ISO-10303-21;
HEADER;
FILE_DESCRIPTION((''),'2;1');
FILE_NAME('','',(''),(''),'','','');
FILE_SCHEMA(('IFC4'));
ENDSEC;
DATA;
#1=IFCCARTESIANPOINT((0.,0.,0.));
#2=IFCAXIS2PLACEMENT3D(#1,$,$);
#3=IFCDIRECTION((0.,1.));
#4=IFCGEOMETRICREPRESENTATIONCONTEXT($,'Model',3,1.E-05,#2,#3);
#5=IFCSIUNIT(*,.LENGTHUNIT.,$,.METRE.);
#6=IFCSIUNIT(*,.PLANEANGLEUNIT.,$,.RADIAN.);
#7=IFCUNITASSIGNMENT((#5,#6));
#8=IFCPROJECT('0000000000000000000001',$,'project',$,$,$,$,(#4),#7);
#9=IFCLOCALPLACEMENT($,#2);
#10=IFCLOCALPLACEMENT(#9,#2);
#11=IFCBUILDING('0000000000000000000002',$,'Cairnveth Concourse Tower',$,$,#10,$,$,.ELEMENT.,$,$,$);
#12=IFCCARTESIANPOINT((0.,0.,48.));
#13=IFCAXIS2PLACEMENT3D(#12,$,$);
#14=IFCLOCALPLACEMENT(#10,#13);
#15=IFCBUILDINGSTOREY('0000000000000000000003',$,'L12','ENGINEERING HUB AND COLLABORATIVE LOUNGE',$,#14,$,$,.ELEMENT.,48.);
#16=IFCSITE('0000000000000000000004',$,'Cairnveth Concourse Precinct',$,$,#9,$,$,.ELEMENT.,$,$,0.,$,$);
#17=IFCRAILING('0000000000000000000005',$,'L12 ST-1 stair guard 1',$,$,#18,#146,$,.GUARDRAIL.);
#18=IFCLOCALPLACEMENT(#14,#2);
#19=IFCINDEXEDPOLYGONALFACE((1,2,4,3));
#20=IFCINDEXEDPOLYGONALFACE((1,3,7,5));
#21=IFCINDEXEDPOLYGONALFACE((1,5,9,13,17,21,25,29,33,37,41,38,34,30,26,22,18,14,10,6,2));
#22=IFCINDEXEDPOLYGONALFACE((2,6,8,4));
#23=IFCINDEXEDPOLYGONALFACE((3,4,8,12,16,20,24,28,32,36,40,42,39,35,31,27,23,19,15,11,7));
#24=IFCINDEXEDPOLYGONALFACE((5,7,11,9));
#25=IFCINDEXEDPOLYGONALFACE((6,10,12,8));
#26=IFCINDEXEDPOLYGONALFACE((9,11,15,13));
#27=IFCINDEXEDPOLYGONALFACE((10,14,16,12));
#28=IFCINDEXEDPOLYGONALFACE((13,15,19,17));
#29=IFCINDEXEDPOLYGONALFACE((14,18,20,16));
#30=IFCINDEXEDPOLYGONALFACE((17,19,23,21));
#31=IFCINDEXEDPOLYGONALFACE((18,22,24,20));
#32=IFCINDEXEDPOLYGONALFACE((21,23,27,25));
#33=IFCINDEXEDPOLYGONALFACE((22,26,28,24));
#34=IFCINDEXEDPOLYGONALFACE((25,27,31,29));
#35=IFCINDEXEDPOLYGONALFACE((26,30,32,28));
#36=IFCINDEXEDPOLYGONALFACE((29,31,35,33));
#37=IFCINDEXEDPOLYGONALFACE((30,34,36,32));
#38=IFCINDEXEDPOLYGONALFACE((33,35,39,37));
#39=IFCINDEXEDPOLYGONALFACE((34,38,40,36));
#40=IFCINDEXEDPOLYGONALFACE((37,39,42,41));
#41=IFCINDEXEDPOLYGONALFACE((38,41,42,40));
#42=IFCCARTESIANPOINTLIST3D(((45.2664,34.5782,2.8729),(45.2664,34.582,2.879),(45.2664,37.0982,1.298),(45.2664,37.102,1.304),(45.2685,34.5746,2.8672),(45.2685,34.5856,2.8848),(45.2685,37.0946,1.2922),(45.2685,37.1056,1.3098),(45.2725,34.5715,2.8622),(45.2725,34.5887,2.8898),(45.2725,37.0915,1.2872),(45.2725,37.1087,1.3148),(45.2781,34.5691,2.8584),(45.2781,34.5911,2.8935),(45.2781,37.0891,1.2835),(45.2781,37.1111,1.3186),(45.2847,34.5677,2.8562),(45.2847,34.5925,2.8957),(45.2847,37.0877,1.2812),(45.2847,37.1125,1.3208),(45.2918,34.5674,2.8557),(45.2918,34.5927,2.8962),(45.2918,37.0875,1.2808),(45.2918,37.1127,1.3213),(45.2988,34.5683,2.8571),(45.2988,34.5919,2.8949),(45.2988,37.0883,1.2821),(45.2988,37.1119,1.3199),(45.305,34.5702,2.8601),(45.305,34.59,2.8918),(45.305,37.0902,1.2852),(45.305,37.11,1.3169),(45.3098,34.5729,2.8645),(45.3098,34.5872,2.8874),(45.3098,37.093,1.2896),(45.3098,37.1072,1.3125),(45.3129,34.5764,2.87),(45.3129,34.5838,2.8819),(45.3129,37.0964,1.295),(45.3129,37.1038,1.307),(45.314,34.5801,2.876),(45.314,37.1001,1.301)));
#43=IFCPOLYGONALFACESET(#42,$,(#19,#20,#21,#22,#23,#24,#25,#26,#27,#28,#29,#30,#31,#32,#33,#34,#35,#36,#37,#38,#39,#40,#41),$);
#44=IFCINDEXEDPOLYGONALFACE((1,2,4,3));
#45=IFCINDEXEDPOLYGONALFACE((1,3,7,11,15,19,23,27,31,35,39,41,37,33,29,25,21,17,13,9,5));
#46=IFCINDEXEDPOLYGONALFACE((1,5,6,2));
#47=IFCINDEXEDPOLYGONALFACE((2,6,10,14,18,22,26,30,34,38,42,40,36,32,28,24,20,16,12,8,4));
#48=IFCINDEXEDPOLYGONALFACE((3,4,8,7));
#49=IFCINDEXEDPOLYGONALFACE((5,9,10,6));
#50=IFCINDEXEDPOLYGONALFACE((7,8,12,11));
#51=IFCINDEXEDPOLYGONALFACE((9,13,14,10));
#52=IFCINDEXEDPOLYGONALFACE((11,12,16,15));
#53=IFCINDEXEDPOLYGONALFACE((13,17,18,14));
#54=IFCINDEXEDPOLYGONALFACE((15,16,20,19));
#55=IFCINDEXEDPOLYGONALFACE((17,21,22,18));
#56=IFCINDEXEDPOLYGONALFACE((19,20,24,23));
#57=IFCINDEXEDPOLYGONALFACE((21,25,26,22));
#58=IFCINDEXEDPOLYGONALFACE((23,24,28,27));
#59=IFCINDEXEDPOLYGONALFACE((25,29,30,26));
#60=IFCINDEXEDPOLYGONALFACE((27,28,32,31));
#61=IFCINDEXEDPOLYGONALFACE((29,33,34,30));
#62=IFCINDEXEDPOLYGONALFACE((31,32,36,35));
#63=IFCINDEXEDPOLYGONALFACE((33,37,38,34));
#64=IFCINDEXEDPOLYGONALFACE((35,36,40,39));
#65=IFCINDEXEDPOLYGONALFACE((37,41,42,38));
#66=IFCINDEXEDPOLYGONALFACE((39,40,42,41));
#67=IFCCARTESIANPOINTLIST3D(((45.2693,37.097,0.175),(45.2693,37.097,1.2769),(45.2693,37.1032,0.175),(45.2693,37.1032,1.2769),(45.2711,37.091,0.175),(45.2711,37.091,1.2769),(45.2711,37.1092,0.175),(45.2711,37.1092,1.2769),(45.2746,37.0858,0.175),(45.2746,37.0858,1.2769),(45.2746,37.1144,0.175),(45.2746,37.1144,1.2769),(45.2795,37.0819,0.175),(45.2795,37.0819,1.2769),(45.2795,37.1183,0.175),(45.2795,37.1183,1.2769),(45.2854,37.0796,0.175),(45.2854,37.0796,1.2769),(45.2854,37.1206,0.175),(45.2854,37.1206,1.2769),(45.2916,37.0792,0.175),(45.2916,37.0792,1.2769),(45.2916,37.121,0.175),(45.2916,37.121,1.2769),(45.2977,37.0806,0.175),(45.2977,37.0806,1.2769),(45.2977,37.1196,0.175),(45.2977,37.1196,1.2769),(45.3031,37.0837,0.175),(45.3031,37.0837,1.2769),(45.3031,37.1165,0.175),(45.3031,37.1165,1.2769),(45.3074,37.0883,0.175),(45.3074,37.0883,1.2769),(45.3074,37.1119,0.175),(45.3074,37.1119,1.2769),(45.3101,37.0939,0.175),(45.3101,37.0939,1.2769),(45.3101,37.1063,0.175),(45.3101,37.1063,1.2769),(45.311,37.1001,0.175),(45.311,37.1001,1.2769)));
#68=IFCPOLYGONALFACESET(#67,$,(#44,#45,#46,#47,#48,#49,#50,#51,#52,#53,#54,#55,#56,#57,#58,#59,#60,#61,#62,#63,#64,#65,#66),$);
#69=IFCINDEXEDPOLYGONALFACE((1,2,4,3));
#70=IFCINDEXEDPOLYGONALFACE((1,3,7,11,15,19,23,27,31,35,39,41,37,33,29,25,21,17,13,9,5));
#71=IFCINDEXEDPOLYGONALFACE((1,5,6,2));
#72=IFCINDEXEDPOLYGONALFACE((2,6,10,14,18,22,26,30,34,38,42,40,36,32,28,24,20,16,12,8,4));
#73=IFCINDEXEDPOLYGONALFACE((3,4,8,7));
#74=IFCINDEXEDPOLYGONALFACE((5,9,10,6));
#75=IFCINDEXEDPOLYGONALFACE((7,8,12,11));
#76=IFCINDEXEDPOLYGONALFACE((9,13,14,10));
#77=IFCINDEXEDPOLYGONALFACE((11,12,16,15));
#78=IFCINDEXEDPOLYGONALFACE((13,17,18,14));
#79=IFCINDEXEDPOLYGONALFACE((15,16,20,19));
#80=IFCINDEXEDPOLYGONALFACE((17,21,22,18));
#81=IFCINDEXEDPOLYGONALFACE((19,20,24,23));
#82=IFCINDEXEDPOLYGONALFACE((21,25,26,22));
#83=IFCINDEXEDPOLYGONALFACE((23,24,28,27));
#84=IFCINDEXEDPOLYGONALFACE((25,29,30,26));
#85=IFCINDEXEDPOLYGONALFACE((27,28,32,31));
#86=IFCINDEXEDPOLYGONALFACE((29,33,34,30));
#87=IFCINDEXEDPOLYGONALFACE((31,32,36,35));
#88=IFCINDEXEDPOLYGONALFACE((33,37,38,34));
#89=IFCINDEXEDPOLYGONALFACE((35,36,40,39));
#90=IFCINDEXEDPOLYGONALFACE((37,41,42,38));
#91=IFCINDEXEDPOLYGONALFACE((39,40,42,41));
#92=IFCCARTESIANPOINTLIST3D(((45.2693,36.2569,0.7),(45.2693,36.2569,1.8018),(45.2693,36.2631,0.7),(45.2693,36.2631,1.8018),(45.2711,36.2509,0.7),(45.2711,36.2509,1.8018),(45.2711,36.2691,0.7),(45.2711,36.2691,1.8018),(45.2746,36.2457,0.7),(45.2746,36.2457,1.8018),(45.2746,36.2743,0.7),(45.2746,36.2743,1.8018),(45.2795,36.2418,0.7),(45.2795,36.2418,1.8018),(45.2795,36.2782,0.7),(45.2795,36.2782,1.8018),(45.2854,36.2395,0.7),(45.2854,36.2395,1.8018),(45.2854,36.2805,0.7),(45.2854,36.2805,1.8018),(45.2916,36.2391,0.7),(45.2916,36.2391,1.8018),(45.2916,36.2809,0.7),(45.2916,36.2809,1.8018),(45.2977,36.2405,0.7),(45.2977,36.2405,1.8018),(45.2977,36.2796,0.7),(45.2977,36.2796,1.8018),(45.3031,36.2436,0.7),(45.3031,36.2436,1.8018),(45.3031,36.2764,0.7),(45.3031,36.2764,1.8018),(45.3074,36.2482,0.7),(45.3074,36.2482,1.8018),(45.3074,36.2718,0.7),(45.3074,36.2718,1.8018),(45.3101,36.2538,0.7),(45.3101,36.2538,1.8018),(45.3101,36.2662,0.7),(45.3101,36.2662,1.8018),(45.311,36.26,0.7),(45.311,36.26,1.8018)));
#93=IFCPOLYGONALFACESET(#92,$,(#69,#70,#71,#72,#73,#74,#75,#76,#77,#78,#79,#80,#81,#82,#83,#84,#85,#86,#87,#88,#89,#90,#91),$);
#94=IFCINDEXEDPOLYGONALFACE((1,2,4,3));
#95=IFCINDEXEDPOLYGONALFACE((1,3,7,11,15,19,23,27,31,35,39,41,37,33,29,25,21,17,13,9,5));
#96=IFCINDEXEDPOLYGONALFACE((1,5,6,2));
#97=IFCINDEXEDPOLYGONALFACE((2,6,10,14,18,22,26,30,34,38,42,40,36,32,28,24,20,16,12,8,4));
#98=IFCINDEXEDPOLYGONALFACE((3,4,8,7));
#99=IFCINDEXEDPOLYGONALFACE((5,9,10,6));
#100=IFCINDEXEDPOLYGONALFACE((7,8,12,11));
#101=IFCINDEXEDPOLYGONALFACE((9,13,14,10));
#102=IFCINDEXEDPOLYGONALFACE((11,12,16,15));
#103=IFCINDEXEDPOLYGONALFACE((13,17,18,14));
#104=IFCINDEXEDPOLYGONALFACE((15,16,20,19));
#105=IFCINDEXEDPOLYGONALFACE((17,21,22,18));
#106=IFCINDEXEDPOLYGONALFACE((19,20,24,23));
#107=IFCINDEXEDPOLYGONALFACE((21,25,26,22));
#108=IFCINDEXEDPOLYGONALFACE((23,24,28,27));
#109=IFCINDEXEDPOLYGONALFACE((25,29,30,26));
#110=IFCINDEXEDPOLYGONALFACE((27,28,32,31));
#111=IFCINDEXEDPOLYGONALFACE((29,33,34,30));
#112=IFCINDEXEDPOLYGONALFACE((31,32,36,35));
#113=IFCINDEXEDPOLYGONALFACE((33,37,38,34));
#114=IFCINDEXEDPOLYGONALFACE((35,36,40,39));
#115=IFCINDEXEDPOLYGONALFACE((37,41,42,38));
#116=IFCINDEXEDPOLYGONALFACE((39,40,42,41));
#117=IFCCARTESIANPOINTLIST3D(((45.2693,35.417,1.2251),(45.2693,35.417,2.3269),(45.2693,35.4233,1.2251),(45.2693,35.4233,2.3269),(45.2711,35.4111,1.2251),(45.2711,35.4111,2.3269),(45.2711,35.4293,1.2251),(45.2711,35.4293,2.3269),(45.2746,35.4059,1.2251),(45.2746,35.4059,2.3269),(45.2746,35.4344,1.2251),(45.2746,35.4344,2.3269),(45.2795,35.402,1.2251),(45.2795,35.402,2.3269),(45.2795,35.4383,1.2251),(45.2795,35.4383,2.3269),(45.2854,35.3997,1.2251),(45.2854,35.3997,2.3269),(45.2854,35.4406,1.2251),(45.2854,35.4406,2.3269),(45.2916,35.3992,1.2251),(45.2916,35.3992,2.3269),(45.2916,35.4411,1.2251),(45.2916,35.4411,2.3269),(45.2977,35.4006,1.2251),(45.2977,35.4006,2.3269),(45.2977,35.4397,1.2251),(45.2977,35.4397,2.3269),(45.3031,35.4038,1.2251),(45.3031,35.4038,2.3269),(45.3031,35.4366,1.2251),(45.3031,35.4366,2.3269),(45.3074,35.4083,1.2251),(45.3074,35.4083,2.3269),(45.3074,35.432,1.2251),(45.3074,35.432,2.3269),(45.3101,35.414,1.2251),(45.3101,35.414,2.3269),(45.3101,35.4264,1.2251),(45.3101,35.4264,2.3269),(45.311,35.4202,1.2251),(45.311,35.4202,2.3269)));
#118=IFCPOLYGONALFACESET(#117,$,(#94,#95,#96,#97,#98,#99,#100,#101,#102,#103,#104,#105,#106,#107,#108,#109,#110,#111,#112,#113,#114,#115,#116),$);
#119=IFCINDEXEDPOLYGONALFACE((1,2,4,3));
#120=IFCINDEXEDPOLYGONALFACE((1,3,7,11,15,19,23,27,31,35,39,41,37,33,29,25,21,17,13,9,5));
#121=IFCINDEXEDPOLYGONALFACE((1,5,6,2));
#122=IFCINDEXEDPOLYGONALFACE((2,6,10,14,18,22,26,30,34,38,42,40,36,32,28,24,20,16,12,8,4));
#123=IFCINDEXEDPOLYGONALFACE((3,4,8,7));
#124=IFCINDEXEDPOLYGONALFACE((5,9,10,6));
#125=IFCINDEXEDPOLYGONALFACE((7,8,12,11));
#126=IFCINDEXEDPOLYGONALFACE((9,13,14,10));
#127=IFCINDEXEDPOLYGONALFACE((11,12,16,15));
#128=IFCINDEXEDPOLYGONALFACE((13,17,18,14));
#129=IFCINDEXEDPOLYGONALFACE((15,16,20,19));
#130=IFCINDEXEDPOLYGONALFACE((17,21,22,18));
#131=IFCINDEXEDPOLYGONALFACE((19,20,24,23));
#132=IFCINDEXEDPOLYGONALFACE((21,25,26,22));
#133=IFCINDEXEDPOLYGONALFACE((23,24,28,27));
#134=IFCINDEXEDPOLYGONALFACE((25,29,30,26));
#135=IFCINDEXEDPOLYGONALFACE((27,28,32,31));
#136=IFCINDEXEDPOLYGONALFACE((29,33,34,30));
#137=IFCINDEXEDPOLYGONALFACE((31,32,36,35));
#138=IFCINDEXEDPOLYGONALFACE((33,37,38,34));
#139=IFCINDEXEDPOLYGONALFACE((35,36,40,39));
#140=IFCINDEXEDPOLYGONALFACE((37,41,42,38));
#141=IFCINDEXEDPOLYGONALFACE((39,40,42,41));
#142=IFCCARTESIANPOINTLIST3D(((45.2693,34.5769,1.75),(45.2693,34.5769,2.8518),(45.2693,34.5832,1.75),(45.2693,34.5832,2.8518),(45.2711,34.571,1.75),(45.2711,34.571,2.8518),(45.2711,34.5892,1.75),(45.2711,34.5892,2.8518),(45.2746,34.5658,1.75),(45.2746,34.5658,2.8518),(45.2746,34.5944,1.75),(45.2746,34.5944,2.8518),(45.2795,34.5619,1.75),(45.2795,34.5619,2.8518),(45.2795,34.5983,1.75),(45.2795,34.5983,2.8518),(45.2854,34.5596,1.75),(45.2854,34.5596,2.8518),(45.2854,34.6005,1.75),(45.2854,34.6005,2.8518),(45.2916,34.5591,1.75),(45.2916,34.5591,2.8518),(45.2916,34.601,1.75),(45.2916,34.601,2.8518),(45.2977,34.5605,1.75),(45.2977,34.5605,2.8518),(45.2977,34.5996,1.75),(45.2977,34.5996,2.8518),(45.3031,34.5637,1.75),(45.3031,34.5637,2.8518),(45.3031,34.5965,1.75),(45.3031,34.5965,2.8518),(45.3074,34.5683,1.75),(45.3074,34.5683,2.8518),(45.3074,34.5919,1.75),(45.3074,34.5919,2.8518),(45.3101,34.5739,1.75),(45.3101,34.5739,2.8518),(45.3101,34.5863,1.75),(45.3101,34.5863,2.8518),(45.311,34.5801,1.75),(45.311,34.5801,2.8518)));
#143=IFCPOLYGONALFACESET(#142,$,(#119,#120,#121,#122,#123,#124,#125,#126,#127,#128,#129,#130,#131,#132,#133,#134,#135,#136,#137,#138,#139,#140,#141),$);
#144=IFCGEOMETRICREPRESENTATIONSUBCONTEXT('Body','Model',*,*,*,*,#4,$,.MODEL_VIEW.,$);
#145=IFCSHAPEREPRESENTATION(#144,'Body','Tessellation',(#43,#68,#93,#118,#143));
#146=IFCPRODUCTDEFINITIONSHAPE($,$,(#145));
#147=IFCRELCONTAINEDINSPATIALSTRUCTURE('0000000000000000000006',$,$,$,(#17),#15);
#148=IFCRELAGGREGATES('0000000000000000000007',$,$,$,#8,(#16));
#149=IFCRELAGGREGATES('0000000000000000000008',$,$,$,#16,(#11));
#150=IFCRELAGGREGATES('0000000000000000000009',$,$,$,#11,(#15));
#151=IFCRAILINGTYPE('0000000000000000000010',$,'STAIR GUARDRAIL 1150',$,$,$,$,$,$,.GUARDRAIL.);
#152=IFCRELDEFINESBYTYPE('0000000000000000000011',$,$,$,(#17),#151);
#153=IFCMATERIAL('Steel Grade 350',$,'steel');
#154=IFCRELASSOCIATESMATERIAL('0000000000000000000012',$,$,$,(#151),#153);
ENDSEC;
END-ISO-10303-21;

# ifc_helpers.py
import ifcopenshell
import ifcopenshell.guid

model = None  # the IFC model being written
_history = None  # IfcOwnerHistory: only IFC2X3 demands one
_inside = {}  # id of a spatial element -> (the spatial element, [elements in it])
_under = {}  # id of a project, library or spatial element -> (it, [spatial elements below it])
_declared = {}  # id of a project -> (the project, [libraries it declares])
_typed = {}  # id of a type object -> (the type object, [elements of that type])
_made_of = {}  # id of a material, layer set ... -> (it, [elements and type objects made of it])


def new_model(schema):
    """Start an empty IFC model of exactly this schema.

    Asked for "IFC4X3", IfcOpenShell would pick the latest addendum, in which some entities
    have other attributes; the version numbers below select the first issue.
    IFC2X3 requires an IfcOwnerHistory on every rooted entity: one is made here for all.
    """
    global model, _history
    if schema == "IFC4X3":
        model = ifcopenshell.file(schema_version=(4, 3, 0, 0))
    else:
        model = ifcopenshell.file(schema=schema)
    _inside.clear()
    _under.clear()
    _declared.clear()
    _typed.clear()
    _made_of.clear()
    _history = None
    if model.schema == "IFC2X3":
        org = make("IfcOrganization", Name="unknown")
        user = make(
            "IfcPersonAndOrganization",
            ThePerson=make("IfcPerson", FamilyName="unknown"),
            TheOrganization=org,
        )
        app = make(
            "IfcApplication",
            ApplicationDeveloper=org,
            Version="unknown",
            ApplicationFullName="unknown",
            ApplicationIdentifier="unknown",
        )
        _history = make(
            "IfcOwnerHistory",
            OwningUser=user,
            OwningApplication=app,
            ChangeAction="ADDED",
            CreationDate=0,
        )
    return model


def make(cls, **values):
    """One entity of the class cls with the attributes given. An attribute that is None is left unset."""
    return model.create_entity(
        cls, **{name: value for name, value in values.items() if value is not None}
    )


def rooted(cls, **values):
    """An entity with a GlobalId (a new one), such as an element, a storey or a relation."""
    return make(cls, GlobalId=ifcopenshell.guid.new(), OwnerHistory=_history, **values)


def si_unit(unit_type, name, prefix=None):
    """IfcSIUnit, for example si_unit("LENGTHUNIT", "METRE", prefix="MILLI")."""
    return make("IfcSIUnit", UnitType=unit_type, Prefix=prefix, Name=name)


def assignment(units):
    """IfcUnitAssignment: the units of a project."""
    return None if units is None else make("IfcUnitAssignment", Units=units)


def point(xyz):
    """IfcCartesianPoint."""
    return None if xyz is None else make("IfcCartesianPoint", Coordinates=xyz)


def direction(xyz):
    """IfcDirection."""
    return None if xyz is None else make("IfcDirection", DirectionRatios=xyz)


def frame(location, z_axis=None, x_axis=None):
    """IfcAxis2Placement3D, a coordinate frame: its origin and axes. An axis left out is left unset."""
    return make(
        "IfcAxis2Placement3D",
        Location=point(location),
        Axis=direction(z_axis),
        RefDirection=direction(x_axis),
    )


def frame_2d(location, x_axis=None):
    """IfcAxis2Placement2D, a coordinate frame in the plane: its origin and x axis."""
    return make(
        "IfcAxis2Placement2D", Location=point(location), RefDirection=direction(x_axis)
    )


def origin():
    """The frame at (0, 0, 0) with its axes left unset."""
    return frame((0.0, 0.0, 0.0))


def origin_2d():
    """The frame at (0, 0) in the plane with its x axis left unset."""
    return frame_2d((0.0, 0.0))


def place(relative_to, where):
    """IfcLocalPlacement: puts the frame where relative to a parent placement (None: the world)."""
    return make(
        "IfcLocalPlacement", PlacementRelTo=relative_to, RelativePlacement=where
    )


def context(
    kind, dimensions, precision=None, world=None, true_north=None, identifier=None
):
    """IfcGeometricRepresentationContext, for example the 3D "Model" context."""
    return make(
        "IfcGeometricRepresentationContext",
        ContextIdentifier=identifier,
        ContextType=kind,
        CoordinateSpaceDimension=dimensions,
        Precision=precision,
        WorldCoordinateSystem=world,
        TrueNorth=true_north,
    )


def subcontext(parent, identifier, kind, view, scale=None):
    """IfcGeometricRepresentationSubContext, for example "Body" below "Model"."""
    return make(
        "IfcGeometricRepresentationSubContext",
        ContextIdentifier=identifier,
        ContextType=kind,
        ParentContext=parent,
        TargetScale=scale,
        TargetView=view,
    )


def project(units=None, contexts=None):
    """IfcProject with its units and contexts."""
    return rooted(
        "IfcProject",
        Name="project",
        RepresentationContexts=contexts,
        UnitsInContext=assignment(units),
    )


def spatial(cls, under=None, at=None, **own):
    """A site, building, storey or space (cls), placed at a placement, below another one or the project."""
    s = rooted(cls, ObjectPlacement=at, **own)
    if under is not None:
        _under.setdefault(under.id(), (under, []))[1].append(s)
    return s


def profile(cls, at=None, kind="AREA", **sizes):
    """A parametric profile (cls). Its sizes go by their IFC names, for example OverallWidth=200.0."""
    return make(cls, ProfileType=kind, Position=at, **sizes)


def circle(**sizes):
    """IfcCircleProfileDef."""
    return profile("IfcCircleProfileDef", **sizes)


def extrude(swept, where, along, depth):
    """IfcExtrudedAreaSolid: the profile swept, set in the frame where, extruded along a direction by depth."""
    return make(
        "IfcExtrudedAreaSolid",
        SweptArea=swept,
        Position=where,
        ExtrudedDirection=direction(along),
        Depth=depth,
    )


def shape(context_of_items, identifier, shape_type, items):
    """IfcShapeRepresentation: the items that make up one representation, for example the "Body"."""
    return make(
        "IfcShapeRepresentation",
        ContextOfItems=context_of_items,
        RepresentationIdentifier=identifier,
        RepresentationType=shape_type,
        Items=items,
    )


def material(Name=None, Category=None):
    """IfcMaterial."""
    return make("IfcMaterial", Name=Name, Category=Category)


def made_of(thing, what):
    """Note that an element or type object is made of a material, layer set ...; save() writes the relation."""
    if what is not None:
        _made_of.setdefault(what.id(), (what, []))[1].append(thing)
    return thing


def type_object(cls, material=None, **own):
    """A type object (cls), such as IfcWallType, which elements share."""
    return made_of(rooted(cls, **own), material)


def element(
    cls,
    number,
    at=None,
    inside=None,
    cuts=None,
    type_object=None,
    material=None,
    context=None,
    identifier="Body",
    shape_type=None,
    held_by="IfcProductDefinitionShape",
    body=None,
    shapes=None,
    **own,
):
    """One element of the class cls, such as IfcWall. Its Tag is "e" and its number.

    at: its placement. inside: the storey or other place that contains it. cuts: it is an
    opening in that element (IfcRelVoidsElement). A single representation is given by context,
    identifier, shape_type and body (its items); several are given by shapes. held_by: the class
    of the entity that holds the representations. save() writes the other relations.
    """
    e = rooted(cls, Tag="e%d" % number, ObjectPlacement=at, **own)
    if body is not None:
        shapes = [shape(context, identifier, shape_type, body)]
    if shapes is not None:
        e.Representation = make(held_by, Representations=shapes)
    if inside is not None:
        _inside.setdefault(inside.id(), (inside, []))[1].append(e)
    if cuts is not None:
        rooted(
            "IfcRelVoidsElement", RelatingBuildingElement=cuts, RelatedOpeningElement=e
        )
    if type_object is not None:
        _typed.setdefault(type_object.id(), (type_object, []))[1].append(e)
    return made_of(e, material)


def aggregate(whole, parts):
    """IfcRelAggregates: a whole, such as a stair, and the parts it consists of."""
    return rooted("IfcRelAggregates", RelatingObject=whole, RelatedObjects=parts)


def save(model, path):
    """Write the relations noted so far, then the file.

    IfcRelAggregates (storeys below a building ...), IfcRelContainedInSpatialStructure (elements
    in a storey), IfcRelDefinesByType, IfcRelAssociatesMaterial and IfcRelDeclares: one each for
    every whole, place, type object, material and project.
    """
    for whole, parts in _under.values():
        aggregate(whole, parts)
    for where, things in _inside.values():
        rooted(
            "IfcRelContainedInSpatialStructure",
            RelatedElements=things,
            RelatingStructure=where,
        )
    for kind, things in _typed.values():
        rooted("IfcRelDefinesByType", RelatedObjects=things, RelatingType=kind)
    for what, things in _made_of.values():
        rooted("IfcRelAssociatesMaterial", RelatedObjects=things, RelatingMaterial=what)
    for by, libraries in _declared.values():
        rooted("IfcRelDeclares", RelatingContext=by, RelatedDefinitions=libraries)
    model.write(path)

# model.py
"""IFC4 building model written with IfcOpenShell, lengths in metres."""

from ifc_helpers import new_model, si_unit, direction, frame, origin, origin_2d, place, context, subcontext, project, spatial, circle, extrude, material, type_object, element, save


model = new_model("IFC4")

# Units and contexts
model_context = context("Model", 3, precision=1e-05, world=origin(), true_north=direction((0.0, 1.0)))
body_context = subcontext(model_context, "Body", "Model", "MODEL_VIEW")
ifc_project = project(units=[si_unit("LENGTHUNIT", "METRE"), si_unit("PLANEANGLEUNIT", "RADIAN")], contexts=[model_context])

# Site, building, storey
site_placement = place(None, origin())
site = spatial("IfcSite", under=ifc_project, at=site_placement, Name="Cairnveth Concourse Precinct", CompositionType="ELEMENT", RefElevation=0.0)
building_placement = place(site_placement, origin())
building = spatial("IfcBuilding", under=site, at=building_placement, Name="Cairnveth Concourse Tower", CompositionType="ELEMENT")
storey_placement = place(building_placement, frame((0.0, 0.0, 48.0)))
storey = spatial("IfcBuildingStorey", under=building, at=storey_placement, Name="L12", Description="ENGINEERING HUB AND COLLABORATIVE LOUNGE", CompositionType="ELEMENT", Elevation=48.0)

# Shared definitions
ifc_material_1 = material(Name="Steel Grade 350", Category="steel")

# Railing
railing_type = type_object("IfcRailingType", Name="STAIR GUARDRAIL 1150", PredefinedType="GUARDRAIL", material=ifc_material_1)
railing_1_placement = place(storey_placement, frame((45.29, 37.1001, 0.175)))
element("IfcRailing", 1, at=railing_1_placement, inside=storey, type_object=railing_type, Name="L12 ST-1 stair guard 1", PredefinedType="GUARDRAIL", context=body_context, shape_type="SweptSolid", body=[
    extrude(circle(Radius=0.0239, at=origin_2d()), frame((0.0, 0.0, 1.126), z_axis=(0.0, -0.848008, 0.529984), x_axis=(1.0, 0.0, 0.0)), (0.0, 0.0, 1.0), 2.9717),
    extrude(circle(Radius=0.021, at=origin_2d()), origin(), (0.0, 0.0, 1.0), 1.1018),
    extrude(circle(Radius=0.021, at=origin_2d()), frame((0.0, -0.8401, 0.5249)), (0.0, 0.0, 1.0), 1.1018),
    extrude(circle(Radius=0.021, at=origin_2d()), frame((0.0, -1.6799, 1.05)), (0.0, 0.0, 1.0), 1.1018),
    extrude(circle(Radius=0.021, at=origin_2d()), frame((0.0, -2.52, 1.575)), (0.0, 0.0, 1.0), 1.1018),
])

save(model, "model.ifc")
